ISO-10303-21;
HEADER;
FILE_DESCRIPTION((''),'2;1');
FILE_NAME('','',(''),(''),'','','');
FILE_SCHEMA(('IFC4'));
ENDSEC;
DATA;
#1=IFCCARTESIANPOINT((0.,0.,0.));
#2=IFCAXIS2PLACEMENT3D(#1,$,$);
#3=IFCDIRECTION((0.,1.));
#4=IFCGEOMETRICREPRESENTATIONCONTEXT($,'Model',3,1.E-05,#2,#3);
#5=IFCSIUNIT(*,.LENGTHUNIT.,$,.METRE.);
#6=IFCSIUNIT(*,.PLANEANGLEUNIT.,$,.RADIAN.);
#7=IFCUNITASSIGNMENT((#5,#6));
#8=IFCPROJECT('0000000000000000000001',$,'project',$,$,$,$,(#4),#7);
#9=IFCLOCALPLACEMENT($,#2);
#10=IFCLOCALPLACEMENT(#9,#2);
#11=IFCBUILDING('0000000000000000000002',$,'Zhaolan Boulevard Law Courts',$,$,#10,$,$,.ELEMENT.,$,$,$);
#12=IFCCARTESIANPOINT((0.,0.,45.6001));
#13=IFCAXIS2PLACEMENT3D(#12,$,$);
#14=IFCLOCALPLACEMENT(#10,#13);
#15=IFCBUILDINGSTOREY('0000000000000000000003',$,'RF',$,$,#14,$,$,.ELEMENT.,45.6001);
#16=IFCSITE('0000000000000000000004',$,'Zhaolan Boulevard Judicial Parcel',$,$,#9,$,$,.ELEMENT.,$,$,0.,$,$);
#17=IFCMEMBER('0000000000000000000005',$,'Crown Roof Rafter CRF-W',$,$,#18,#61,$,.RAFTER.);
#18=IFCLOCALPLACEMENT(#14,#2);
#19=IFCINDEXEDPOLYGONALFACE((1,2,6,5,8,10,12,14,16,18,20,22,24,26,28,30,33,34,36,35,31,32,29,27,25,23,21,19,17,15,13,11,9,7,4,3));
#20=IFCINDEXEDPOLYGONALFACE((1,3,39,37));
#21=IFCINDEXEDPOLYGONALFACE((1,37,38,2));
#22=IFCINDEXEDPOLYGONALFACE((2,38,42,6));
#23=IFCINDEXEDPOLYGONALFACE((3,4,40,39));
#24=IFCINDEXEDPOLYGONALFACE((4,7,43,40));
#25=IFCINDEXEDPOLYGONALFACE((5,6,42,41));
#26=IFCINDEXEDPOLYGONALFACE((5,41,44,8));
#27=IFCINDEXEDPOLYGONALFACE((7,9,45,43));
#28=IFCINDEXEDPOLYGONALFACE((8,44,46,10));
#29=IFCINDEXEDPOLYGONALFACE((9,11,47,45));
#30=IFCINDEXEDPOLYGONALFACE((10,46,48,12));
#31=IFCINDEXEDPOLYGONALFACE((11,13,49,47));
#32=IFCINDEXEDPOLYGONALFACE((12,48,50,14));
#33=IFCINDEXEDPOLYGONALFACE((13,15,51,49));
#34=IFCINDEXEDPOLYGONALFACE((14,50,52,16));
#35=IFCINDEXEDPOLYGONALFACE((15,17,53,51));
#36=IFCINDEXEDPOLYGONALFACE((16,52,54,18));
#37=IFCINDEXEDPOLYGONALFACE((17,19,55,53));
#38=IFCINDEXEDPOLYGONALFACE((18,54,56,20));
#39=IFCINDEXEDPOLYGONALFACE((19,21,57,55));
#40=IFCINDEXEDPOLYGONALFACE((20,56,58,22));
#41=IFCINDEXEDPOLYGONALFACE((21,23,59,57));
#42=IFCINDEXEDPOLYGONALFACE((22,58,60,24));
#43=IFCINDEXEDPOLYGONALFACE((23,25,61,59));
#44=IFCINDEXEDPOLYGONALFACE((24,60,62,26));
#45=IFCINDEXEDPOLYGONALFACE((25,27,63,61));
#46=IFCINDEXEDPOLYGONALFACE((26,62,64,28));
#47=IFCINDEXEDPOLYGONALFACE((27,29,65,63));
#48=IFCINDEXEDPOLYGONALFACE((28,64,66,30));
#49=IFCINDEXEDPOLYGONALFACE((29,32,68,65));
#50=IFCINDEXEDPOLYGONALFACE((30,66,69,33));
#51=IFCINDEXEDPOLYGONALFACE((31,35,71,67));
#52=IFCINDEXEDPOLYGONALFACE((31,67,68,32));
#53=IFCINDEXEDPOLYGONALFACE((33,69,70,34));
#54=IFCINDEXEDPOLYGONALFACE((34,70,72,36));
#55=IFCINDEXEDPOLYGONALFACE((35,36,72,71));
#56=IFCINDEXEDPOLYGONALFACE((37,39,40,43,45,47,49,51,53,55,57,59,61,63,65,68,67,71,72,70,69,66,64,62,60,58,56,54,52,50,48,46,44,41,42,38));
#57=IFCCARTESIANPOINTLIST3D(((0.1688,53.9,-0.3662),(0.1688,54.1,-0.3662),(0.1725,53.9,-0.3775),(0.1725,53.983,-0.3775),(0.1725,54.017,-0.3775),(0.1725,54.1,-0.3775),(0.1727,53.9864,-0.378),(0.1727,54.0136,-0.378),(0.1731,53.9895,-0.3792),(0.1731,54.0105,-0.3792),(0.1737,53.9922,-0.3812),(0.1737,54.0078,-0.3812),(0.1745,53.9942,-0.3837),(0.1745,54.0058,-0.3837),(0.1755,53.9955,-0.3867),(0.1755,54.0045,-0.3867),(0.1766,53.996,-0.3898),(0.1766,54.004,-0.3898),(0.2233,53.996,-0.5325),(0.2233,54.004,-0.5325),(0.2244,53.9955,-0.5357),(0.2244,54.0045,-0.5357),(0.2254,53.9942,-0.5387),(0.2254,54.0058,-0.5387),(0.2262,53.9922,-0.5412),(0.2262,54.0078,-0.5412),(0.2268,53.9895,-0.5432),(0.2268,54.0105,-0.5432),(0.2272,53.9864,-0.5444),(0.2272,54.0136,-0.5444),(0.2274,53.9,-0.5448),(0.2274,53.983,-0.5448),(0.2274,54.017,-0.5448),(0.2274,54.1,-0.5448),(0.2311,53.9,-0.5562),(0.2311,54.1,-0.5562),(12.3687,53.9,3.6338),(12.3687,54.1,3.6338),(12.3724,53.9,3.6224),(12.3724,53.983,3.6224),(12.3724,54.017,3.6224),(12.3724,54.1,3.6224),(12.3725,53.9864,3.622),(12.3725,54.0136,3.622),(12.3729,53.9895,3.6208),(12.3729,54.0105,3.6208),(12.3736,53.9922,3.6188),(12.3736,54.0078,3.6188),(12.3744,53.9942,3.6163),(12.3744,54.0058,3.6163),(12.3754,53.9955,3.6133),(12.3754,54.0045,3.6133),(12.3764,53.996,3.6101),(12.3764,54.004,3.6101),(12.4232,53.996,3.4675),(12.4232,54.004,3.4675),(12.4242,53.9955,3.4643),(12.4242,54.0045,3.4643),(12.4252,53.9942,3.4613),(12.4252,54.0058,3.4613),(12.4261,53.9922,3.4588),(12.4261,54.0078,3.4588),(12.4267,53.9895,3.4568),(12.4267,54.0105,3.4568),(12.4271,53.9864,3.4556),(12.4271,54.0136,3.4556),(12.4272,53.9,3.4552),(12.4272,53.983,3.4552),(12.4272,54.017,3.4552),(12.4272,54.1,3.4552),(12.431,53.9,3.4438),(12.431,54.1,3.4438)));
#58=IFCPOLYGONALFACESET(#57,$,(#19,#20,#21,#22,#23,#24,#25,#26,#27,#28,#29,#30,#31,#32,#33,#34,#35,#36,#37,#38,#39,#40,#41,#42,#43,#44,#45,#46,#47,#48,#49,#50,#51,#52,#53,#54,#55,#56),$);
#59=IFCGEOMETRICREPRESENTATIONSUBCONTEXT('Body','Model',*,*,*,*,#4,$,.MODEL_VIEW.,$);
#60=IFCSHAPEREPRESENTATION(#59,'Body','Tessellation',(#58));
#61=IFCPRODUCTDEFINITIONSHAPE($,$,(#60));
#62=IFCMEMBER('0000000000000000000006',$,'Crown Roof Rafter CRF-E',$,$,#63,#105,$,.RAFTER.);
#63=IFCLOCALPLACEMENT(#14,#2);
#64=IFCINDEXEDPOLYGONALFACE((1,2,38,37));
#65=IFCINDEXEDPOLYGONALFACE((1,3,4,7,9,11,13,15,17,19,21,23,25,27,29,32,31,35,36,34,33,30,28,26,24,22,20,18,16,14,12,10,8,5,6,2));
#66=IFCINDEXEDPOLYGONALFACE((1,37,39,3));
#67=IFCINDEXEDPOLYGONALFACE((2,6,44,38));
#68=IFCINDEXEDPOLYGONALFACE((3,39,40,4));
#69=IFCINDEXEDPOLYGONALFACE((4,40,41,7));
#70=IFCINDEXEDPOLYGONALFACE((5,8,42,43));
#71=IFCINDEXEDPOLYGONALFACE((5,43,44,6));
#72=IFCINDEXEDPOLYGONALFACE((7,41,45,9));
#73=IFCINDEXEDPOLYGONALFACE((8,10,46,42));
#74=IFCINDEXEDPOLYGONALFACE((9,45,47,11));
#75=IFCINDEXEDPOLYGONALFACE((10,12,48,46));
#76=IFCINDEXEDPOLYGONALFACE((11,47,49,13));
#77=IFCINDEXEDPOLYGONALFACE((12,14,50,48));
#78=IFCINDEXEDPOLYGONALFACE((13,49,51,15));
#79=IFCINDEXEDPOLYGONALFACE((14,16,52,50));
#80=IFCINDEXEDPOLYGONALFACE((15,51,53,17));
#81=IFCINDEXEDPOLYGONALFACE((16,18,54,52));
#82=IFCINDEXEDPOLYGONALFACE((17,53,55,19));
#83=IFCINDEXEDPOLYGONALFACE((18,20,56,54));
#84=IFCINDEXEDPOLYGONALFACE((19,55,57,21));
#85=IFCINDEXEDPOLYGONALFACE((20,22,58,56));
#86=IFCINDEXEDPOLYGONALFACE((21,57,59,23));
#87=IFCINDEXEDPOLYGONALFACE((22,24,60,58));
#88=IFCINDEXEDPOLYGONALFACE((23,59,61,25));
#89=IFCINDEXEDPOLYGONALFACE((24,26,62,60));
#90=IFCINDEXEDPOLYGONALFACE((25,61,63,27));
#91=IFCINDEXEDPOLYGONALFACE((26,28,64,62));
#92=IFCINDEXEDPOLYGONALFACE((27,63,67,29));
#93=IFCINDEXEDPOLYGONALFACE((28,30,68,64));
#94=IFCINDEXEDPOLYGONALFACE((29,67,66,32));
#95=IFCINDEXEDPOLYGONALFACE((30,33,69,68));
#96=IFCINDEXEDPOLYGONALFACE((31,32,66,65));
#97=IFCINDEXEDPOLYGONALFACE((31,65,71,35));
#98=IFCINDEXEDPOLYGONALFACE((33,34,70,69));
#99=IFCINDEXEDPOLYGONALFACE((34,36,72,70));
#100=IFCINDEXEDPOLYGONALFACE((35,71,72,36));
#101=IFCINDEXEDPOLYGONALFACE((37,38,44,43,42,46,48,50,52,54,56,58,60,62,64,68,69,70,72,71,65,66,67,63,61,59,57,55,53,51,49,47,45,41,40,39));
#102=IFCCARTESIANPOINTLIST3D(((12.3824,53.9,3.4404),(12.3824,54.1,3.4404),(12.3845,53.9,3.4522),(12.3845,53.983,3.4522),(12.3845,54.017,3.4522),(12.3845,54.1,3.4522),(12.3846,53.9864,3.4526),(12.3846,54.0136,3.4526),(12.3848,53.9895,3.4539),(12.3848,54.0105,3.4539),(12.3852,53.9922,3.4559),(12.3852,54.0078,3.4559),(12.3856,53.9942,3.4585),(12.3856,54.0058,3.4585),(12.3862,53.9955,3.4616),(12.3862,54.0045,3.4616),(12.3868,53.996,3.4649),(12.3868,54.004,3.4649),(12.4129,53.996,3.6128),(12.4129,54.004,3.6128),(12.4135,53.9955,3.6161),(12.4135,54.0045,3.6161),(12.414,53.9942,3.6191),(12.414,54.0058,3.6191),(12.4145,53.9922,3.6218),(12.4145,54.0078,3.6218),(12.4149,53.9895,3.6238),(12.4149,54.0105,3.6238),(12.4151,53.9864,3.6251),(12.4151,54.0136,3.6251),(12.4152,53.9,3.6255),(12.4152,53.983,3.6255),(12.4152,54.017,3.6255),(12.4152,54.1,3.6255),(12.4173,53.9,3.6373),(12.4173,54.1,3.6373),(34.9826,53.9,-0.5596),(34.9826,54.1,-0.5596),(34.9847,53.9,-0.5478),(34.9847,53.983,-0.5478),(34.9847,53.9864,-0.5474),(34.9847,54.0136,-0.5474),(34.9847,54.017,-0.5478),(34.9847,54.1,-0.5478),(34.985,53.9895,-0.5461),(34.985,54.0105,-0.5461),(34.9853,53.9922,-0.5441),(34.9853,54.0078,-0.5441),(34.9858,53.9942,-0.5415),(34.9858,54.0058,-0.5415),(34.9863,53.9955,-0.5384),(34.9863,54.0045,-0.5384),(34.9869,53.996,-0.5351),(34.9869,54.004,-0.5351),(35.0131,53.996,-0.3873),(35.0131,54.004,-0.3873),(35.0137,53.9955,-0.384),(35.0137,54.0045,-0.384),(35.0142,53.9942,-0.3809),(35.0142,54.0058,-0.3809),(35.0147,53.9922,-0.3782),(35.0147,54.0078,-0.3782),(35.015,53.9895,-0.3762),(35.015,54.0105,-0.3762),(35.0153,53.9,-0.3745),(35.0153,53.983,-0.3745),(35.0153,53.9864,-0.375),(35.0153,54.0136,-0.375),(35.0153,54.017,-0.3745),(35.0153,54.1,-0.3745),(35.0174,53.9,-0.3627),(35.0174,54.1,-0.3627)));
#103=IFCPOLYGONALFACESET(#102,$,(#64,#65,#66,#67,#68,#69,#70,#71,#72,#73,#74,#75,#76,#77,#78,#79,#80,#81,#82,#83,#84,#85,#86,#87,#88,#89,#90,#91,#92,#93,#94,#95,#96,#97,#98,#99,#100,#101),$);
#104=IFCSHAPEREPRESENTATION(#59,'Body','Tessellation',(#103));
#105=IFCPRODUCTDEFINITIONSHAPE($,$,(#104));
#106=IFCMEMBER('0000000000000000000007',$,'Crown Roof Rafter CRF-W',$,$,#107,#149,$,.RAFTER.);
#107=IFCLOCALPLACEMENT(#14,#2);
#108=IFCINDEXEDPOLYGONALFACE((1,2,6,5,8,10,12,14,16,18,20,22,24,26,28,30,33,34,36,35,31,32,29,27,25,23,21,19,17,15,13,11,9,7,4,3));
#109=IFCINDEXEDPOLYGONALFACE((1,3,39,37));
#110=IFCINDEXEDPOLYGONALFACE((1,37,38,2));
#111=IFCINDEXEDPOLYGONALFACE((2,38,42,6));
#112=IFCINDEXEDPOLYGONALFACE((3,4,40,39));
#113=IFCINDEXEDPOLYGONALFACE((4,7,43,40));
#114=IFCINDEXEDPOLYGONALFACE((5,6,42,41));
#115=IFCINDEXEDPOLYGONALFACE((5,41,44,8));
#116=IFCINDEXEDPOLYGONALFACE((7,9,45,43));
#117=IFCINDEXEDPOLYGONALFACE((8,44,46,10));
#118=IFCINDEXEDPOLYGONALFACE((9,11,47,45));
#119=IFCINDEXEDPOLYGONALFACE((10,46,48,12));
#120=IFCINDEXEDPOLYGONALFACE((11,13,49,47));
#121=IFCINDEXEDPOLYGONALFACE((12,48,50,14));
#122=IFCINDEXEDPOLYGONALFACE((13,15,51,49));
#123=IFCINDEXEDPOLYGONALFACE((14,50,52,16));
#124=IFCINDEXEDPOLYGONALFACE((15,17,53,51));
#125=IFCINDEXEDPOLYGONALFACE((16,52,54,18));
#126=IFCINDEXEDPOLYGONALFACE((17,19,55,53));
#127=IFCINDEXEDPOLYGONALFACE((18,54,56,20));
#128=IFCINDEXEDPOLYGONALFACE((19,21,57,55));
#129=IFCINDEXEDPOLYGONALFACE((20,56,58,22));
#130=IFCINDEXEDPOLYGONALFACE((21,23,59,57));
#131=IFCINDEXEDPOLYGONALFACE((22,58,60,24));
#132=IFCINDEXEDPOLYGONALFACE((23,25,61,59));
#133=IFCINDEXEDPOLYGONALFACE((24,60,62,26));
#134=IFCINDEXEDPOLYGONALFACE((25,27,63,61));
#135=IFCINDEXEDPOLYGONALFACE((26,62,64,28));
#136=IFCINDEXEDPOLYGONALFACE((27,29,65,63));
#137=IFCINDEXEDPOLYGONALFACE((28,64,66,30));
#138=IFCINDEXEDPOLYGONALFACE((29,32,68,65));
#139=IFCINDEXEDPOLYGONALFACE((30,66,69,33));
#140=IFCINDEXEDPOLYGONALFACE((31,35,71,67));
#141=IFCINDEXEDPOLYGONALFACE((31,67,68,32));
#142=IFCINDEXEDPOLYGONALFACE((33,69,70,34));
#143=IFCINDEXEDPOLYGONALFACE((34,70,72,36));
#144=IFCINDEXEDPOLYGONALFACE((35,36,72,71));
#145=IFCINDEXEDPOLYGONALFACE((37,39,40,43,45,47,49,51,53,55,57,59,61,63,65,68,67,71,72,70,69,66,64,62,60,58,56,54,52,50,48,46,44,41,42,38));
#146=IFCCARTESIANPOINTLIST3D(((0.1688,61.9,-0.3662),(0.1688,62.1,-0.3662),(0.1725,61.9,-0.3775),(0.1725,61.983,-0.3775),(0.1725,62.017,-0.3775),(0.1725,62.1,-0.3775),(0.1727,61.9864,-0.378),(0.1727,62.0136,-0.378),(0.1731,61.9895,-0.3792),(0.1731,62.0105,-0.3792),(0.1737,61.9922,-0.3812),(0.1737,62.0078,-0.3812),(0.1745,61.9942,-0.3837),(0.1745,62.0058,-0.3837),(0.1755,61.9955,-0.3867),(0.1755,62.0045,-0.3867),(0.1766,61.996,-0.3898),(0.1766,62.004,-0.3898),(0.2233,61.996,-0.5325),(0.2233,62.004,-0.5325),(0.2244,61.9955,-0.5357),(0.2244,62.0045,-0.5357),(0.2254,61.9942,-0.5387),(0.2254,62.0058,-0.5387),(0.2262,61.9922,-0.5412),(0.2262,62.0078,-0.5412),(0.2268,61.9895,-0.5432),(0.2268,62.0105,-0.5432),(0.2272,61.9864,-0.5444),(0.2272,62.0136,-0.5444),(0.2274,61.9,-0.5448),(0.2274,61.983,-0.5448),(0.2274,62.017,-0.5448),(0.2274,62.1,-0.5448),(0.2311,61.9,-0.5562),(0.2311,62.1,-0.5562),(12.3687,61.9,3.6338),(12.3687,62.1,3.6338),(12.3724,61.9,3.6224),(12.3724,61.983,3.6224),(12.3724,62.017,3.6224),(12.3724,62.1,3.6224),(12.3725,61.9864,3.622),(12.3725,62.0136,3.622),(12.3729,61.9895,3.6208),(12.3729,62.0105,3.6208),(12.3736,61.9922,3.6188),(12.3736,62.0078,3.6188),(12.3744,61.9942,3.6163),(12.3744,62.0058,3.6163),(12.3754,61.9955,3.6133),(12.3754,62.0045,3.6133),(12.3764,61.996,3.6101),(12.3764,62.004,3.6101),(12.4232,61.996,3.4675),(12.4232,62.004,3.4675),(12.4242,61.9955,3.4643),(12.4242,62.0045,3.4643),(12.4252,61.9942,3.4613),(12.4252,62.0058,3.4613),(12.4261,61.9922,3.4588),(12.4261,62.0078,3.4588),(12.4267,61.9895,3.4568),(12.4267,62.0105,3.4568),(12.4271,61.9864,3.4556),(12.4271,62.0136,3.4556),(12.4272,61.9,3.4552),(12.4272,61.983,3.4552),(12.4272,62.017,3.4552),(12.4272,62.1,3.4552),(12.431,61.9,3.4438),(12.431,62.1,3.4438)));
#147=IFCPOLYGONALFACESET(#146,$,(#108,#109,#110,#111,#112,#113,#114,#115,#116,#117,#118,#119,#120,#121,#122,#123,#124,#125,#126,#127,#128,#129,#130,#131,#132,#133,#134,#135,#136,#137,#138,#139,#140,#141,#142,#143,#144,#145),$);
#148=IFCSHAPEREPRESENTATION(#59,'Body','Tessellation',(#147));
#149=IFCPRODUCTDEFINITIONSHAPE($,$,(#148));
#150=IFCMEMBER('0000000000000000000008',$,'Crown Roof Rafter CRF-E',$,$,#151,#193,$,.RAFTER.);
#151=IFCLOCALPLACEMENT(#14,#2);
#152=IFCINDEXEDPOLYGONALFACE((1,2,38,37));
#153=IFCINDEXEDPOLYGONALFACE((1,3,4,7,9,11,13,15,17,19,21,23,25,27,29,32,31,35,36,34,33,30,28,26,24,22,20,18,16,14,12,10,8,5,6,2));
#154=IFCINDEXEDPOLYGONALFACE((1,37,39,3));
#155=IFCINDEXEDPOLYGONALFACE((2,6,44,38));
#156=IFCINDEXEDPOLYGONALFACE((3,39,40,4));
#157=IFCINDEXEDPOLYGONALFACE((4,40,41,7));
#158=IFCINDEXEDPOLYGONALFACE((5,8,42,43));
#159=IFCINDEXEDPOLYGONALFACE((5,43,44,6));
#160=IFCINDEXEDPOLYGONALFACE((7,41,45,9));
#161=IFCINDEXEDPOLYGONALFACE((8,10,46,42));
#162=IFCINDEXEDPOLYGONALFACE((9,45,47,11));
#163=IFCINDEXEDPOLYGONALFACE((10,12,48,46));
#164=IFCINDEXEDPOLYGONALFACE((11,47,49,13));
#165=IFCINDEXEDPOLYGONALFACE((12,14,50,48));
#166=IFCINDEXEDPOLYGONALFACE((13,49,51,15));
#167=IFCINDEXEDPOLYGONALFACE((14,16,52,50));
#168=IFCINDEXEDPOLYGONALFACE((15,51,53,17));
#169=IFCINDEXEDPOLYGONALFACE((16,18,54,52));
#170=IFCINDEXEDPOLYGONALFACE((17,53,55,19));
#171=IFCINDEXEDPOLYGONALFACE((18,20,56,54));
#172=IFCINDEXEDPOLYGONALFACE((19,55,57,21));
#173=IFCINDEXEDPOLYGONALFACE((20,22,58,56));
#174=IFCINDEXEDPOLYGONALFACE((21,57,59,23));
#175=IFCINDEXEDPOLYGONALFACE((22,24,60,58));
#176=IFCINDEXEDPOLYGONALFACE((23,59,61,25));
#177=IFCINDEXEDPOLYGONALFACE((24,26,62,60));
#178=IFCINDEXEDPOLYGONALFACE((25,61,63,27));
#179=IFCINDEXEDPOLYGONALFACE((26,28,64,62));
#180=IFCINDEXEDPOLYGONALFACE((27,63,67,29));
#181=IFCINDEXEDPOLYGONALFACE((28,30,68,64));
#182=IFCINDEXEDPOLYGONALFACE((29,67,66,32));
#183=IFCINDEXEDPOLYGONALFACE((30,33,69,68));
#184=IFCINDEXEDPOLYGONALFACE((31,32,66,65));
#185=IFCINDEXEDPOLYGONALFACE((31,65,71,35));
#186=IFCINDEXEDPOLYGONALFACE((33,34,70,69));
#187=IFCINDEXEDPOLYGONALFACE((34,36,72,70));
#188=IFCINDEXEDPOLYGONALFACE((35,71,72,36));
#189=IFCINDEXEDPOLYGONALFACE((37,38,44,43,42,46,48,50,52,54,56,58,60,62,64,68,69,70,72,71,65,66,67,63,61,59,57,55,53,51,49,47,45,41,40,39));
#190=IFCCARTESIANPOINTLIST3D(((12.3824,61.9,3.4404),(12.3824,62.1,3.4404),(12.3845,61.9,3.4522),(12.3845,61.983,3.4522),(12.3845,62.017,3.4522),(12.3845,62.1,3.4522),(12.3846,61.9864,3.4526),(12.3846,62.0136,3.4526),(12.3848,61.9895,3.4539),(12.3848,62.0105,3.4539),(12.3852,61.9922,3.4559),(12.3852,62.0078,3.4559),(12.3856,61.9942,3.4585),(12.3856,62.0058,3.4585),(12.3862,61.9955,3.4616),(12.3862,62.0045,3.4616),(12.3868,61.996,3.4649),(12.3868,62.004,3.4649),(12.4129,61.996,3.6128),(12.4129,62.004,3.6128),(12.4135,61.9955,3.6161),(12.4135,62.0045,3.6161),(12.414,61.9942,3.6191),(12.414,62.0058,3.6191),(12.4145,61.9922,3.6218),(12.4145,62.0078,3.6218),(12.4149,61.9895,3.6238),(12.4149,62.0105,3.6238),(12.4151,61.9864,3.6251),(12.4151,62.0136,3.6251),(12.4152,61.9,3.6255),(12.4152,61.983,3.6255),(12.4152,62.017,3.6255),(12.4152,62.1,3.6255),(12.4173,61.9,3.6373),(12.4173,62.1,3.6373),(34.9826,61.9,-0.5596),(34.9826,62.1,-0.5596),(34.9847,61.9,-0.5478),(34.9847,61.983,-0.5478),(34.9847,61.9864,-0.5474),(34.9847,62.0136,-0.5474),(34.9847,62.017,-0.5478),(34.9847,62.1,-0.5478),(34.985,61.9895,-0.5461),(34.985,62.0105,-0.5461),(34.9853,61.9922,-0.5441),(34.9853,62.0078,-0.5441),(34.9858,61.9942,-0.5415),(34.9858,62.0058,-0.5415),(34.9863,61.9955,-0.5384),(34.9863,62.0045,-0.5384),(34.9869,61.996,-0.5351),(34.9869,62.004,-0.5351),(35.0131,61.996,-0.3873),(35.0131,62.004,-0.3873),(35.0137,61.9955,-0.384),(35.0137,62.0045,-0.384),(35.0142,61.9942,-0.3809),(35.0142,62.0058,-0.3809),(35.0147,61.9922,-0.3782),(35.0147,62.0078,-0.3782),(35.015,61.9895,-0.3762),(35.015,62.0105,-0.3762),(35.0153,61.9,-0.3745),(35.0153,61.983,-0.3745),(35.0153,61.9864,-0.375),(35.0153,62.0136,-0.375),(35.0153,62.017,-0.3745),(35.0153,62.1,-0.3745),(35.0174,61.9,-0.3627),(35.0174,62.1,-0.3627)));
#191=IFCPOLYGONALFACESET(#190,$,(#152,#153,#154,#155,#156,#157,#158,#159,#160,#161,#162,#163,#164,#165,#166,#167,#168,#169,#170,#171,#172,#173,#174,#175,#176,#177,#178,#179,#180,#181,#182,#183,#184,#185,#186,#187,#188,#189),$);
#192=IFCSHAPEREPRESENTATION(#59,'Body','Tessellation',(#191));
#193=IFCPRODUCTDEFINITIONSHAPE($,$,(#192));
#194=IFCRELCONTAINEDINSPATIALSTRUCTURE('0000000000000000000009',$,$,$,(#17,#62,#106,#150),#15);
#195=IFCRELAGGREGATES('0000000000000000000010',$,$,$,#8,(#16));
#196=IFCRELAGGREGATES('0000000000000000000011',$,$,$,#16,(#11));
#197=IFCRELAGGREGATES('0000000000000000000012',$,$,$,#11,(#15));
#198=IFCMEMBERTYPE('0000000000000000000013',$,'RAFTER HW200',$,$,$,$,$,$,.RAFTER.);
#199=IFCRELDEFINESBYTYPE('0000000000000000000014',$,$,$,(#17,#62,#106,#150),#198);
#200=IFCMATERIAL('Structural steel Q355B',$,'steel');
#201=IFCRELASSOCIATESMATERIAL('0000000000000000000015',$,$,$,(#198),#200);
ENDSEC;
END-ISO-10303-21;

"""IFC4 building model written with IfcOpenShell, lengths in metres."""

from ifc_helpers import new_model, si_unit, direction, frame, origin, origin_2d, place, context, subcontext, project, spatial, i_section, extrude, material, material_profile, profile_set, type_object, element, save


model = new_model("IFC4")

# Units and contexts
model_context = context("Model", 3, precision=1e-05, world=origin(), true_north=direction((0.0, 1.0)))
body_context = subcontext(model_context, "Body", "Model", "MODEL_VIEW")
ifc_project = project(units=[si_unit("LENGTHUNIT", "METRE"), si_unit("PLANEANGLEUNIT", "RADIAN")], contexts=[model_context])

# Site, building, storey
site_placement = place(None, origin())
site = spatial("IfcSite", under=ifc_project, at=site_placement, Name="Zhaolan Boulevard Judicial Parcel", CompositionType="ELEMENT", RefElevation=0.0)
building_placement = place(site_placement, origin())
building = spatial("IfcBuilding", under=site, at=building_placement, Name="Zhaolan Boulevard Law Courts", CompositionType="ELEMENT")
storey_placement = place(building_placement, frame((0.0, 0.0, 45.6001)))
storey = spatial("IfcBuildingStorey", under=building, at=storey_placement, Name="RF", CompositionType="ELEMENT", Elevation=45.6001)

# Members
ifc_material_1 = material(Name="Structural steel Q355B", Category="steel")
ifc_material_profile = material_profile(ifc_material_1, i_section(OverallWidth=0.2, OverallDepth=0.2, WebThickness=0.0081, FlangeThickness=0.012, FilletRadius=0.0129, at=origin_2d()), Name="HW200x200")
ifc_profile_set = profile_set([ifc_material_profile], Name="Structural steel Q355B")
member_type = type_object("IfcMemberType", Name="RAFTER HW200", PredefinedType="RAFTER", material=ifc_profile_set)
member_1_placement = place(storey_placement, frame((0.2, 54.0, -0.4612), z_axis=(0.950229, 0.0, 0.311552), x_axis=(0.0, 1.0, 0.0)))
element("IfcMember", 1, at=member_1_placement, inside=storey, type_object=member_type, Name="Crown Roof Rafter CRF-W", PredefinedType="RAFTER", context=body_context, shape_type="SweptSolid", body=[
    extrude(i_section(OverallWidth=0.2, OverallDepth=0.2, WebThickness=0.0081, FlangeThickness=0.012, FilletRadius=0.0129, at=origin_2d()), origin(), (0.0, 0.0, 1.0), 12.8389),
])
member_2_placement = place(storey_placement, frame((35.0, 54.0, -0.4612), z_axis=(-0.984696, 0.0, 0.174282), x_axis=(0.0, -1.0, 0.0)))
element("IfcMember", 2, at=member_2_placement, inside=storey, type_object=member_type, Name="Crown Roof Rafter CRF-E", PredefinedType="RAFTER", context=body_context, shape_type="SweptSolid", body=[
    extrude(i_section(OverallWidth=0.2, OverallDepth=0.2, WebThickness=0.0081, FlangeThickness=0.012, FilletRadius=0.0129, at=origin_2d()), origin(), (0.0, 0.0, 1.0), 22.9514),
])
member_3_placement = place(storey_placement, frame((0.2, 62.0, -0.4612), z_axis=(0.950229, 0.0, 0.311552), x_axis=(0.0, 1.0, 0.0)))
element("IfcMember", 3, at=member_3_placement, inside=storey, type_object=member_type, Name="Crown Roof Rafter CRF-W", PredefinedType="RAFTER", context=body_context, shape_type="SweptSolid", body=[
    extrude(i_section(OverallWidth=0.2, OverallDepth=0.2, WebThickness=0.0081, FlangeThickness=0.012, FilletRadius=0.0129, at=origin_2d()), origin(), (0.0, 0.0, 1.0), 12.8389),
])
member_4_placement = place(storey_placement, frame((35.0, 62.0, -0.4612), z_axis=(-0.984696, 0.0, 0.174282), x_axis=(0.0, -1.0, 0.0)))
element("IfcMember", 4, at=member_4_placement, inside=storey, type_object=member_type, Name="Crown Roof Rafter CRF-E", PredefinedType="RAFTER", context=body_context, shape_type="SweptSolid", body=[
    extrude(i_section(OverallWidth=0.2, OverallDepth=0.2, WebThickness=0.0081, FlangeThickness=0.012, FilletRadius=0.0129, at=origin_2d()), origin(), (0.0, 0.0, 1.0), 22.9514),
])

save(model, "model.ifc")
